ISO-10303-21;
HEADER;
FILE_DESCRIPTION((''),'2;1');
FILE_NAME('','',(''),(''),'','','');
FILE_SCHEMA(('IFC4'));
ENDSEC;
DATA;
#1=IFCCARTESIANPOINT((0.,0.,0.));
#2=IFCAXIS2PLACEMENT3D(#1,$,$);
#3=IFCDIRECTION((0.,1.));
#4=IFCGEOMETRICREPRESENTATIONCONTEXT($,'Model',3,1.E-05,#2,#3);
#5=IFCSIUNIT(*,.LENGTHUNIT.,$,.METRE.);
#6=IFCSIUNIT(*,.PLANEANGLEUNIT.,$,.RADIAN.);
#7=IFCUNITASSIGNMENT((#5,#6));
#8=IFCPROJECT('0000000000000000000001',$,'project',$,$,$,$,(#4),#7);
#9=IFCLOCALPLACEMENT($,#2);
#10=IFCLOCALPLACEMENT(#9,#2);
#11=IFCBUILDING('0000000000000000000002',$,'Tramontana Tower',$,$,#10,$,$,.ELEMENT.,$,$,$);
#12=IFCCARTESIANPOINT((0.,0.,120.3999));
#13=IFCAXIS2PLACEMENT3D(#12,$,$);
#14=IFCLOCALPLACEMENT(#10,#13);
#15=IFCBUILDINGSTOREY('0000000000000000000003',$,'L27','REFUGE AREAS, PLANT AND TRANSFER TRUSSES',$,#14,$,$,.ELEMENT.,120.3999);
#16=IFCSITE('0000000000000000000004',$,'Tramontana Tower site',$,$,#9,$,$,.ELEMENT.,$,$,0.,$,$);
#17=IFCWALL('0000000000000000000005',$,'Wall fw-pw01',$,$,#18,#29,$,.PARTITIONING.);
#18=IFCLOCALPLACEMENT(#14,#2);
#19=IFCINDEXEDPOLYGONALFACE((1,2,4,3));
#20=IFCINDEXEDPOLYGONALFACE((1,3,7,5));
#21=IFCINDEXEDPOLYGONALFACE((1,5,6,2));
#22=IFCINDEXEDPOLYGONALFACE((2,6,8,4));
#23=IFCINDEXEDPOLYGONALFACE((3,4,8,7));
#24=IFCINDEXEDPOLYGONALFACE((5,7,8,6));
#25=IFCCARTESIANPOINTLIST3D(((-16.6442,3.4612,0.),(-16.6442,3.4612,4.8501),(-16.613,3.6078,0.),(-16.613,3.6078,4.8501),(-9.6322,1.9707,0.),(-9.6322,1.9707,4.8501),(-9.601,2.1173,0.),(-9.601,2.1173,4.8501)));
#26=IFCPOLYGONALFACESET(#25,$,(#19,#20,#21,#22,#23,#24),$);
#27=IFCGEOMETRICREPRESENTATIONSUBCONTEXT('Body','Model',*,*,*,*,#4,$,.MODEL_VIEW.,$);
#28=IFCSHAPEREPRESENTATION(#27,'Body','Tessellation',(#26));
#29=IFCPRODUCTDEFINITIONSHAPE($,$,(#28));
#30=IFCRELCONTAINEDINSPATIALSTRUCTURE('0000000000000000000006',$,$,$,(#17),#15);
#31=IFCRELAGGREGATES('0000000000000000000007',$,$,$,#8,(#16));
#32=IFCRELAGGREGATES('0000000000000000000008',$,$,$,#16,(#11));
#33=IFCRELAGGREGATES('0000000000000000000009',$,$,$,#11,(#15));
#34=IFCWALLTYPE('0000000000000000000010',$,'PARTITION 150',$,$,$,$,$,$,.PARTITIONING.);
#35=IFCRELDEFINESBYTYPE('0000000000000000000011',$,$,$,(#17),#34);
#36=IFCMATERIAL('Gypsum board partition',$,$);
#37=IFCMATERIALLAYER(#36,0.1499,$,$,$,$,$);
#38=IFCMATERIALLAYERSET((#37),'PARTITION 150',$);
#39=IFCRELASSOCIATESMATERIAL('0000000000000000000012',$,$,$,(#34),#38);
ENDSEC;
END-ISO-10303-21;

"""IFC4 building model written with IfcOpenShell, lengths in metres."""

from ifc_helpers import new_model, si_unit, direction, frame, frame_2d, origin, place, context, subcontext, project, spatial, rectangle, extrude, material, layer, layer_set, type_object, element, save


model = new_model("IFC4")

# Units and contexts
model_context = context("Model", 3, precision=1e-05, world=origin(), true_north=direction((0.0, 1.0)))
body_context = subcontext(model_context, "Body", "Model", "MODEL_VIEW")
ifc_project = project(units=[si_unit("LENGTHUNIT", "METRE"), si_unit("PLANEANGLEUNIT", "RADIAN")], contexts=[model_context])

# Site, building, storey
site_placement = place(None, origin())
site = spatial("IfcSite", under=ifc_project, at=site_placement, Name="Tramontana Tower site", CompositionType="ELEMENT", RefElevation=0.0)
building_placement = place(site_placement, origin())
building = spatial("IfcBuilding", under=site, at=building_placement, Name="Tramontana Tower", CompositionType="ELEMENT")
storey_placement = place(building_placement, frame((0.0, 0.0, 120.3999)))
storey = spatial("IfcBuildingStorey", under=building, at=storey_placement, Name="L27", Description="REFUGE AREAS, PLANT AND TRANSFER TRUSSES", CompositionType="ELEMENT", Elevation=120.3999)

# Wall
ifc_material_1 = material(Name="Gypsum board partition")
ifc_layer_1 = layer(ifc_material_1, 0.1499)
ifc_layer_set_1 = layer_set([ifc_layer_1], Name="PARTITION 150")
wall_type_1 = type_object("IfcWallType", Name="PARTITION 150", PredefinedType="PARTITIONING", material=ifc_layer_set_1)
wall_1_placement = place(storey_placement, frame((-9.6165, 2.0439, 0.0), z_axis=(0.0, 0.0, 1.0), x_axis=(-0.978146, 0.207917, 0.0)))
element("IfcWall", 1, at=wall_1_placement, inside=storey, type_object=wall_type_1, Name="Wall fw-pw01", PredefinedType="PARTITIONING", context=body_context, shape_type="SweptSolid", body=[
    extrude(rectangle(XDim=7.1687, YDim=0.1499, at=frame_2d((3.5845, 0.0))), origin(), (0.0, 0.0, 1.0), 4.8501),
])

save(model, "model.ifc")
